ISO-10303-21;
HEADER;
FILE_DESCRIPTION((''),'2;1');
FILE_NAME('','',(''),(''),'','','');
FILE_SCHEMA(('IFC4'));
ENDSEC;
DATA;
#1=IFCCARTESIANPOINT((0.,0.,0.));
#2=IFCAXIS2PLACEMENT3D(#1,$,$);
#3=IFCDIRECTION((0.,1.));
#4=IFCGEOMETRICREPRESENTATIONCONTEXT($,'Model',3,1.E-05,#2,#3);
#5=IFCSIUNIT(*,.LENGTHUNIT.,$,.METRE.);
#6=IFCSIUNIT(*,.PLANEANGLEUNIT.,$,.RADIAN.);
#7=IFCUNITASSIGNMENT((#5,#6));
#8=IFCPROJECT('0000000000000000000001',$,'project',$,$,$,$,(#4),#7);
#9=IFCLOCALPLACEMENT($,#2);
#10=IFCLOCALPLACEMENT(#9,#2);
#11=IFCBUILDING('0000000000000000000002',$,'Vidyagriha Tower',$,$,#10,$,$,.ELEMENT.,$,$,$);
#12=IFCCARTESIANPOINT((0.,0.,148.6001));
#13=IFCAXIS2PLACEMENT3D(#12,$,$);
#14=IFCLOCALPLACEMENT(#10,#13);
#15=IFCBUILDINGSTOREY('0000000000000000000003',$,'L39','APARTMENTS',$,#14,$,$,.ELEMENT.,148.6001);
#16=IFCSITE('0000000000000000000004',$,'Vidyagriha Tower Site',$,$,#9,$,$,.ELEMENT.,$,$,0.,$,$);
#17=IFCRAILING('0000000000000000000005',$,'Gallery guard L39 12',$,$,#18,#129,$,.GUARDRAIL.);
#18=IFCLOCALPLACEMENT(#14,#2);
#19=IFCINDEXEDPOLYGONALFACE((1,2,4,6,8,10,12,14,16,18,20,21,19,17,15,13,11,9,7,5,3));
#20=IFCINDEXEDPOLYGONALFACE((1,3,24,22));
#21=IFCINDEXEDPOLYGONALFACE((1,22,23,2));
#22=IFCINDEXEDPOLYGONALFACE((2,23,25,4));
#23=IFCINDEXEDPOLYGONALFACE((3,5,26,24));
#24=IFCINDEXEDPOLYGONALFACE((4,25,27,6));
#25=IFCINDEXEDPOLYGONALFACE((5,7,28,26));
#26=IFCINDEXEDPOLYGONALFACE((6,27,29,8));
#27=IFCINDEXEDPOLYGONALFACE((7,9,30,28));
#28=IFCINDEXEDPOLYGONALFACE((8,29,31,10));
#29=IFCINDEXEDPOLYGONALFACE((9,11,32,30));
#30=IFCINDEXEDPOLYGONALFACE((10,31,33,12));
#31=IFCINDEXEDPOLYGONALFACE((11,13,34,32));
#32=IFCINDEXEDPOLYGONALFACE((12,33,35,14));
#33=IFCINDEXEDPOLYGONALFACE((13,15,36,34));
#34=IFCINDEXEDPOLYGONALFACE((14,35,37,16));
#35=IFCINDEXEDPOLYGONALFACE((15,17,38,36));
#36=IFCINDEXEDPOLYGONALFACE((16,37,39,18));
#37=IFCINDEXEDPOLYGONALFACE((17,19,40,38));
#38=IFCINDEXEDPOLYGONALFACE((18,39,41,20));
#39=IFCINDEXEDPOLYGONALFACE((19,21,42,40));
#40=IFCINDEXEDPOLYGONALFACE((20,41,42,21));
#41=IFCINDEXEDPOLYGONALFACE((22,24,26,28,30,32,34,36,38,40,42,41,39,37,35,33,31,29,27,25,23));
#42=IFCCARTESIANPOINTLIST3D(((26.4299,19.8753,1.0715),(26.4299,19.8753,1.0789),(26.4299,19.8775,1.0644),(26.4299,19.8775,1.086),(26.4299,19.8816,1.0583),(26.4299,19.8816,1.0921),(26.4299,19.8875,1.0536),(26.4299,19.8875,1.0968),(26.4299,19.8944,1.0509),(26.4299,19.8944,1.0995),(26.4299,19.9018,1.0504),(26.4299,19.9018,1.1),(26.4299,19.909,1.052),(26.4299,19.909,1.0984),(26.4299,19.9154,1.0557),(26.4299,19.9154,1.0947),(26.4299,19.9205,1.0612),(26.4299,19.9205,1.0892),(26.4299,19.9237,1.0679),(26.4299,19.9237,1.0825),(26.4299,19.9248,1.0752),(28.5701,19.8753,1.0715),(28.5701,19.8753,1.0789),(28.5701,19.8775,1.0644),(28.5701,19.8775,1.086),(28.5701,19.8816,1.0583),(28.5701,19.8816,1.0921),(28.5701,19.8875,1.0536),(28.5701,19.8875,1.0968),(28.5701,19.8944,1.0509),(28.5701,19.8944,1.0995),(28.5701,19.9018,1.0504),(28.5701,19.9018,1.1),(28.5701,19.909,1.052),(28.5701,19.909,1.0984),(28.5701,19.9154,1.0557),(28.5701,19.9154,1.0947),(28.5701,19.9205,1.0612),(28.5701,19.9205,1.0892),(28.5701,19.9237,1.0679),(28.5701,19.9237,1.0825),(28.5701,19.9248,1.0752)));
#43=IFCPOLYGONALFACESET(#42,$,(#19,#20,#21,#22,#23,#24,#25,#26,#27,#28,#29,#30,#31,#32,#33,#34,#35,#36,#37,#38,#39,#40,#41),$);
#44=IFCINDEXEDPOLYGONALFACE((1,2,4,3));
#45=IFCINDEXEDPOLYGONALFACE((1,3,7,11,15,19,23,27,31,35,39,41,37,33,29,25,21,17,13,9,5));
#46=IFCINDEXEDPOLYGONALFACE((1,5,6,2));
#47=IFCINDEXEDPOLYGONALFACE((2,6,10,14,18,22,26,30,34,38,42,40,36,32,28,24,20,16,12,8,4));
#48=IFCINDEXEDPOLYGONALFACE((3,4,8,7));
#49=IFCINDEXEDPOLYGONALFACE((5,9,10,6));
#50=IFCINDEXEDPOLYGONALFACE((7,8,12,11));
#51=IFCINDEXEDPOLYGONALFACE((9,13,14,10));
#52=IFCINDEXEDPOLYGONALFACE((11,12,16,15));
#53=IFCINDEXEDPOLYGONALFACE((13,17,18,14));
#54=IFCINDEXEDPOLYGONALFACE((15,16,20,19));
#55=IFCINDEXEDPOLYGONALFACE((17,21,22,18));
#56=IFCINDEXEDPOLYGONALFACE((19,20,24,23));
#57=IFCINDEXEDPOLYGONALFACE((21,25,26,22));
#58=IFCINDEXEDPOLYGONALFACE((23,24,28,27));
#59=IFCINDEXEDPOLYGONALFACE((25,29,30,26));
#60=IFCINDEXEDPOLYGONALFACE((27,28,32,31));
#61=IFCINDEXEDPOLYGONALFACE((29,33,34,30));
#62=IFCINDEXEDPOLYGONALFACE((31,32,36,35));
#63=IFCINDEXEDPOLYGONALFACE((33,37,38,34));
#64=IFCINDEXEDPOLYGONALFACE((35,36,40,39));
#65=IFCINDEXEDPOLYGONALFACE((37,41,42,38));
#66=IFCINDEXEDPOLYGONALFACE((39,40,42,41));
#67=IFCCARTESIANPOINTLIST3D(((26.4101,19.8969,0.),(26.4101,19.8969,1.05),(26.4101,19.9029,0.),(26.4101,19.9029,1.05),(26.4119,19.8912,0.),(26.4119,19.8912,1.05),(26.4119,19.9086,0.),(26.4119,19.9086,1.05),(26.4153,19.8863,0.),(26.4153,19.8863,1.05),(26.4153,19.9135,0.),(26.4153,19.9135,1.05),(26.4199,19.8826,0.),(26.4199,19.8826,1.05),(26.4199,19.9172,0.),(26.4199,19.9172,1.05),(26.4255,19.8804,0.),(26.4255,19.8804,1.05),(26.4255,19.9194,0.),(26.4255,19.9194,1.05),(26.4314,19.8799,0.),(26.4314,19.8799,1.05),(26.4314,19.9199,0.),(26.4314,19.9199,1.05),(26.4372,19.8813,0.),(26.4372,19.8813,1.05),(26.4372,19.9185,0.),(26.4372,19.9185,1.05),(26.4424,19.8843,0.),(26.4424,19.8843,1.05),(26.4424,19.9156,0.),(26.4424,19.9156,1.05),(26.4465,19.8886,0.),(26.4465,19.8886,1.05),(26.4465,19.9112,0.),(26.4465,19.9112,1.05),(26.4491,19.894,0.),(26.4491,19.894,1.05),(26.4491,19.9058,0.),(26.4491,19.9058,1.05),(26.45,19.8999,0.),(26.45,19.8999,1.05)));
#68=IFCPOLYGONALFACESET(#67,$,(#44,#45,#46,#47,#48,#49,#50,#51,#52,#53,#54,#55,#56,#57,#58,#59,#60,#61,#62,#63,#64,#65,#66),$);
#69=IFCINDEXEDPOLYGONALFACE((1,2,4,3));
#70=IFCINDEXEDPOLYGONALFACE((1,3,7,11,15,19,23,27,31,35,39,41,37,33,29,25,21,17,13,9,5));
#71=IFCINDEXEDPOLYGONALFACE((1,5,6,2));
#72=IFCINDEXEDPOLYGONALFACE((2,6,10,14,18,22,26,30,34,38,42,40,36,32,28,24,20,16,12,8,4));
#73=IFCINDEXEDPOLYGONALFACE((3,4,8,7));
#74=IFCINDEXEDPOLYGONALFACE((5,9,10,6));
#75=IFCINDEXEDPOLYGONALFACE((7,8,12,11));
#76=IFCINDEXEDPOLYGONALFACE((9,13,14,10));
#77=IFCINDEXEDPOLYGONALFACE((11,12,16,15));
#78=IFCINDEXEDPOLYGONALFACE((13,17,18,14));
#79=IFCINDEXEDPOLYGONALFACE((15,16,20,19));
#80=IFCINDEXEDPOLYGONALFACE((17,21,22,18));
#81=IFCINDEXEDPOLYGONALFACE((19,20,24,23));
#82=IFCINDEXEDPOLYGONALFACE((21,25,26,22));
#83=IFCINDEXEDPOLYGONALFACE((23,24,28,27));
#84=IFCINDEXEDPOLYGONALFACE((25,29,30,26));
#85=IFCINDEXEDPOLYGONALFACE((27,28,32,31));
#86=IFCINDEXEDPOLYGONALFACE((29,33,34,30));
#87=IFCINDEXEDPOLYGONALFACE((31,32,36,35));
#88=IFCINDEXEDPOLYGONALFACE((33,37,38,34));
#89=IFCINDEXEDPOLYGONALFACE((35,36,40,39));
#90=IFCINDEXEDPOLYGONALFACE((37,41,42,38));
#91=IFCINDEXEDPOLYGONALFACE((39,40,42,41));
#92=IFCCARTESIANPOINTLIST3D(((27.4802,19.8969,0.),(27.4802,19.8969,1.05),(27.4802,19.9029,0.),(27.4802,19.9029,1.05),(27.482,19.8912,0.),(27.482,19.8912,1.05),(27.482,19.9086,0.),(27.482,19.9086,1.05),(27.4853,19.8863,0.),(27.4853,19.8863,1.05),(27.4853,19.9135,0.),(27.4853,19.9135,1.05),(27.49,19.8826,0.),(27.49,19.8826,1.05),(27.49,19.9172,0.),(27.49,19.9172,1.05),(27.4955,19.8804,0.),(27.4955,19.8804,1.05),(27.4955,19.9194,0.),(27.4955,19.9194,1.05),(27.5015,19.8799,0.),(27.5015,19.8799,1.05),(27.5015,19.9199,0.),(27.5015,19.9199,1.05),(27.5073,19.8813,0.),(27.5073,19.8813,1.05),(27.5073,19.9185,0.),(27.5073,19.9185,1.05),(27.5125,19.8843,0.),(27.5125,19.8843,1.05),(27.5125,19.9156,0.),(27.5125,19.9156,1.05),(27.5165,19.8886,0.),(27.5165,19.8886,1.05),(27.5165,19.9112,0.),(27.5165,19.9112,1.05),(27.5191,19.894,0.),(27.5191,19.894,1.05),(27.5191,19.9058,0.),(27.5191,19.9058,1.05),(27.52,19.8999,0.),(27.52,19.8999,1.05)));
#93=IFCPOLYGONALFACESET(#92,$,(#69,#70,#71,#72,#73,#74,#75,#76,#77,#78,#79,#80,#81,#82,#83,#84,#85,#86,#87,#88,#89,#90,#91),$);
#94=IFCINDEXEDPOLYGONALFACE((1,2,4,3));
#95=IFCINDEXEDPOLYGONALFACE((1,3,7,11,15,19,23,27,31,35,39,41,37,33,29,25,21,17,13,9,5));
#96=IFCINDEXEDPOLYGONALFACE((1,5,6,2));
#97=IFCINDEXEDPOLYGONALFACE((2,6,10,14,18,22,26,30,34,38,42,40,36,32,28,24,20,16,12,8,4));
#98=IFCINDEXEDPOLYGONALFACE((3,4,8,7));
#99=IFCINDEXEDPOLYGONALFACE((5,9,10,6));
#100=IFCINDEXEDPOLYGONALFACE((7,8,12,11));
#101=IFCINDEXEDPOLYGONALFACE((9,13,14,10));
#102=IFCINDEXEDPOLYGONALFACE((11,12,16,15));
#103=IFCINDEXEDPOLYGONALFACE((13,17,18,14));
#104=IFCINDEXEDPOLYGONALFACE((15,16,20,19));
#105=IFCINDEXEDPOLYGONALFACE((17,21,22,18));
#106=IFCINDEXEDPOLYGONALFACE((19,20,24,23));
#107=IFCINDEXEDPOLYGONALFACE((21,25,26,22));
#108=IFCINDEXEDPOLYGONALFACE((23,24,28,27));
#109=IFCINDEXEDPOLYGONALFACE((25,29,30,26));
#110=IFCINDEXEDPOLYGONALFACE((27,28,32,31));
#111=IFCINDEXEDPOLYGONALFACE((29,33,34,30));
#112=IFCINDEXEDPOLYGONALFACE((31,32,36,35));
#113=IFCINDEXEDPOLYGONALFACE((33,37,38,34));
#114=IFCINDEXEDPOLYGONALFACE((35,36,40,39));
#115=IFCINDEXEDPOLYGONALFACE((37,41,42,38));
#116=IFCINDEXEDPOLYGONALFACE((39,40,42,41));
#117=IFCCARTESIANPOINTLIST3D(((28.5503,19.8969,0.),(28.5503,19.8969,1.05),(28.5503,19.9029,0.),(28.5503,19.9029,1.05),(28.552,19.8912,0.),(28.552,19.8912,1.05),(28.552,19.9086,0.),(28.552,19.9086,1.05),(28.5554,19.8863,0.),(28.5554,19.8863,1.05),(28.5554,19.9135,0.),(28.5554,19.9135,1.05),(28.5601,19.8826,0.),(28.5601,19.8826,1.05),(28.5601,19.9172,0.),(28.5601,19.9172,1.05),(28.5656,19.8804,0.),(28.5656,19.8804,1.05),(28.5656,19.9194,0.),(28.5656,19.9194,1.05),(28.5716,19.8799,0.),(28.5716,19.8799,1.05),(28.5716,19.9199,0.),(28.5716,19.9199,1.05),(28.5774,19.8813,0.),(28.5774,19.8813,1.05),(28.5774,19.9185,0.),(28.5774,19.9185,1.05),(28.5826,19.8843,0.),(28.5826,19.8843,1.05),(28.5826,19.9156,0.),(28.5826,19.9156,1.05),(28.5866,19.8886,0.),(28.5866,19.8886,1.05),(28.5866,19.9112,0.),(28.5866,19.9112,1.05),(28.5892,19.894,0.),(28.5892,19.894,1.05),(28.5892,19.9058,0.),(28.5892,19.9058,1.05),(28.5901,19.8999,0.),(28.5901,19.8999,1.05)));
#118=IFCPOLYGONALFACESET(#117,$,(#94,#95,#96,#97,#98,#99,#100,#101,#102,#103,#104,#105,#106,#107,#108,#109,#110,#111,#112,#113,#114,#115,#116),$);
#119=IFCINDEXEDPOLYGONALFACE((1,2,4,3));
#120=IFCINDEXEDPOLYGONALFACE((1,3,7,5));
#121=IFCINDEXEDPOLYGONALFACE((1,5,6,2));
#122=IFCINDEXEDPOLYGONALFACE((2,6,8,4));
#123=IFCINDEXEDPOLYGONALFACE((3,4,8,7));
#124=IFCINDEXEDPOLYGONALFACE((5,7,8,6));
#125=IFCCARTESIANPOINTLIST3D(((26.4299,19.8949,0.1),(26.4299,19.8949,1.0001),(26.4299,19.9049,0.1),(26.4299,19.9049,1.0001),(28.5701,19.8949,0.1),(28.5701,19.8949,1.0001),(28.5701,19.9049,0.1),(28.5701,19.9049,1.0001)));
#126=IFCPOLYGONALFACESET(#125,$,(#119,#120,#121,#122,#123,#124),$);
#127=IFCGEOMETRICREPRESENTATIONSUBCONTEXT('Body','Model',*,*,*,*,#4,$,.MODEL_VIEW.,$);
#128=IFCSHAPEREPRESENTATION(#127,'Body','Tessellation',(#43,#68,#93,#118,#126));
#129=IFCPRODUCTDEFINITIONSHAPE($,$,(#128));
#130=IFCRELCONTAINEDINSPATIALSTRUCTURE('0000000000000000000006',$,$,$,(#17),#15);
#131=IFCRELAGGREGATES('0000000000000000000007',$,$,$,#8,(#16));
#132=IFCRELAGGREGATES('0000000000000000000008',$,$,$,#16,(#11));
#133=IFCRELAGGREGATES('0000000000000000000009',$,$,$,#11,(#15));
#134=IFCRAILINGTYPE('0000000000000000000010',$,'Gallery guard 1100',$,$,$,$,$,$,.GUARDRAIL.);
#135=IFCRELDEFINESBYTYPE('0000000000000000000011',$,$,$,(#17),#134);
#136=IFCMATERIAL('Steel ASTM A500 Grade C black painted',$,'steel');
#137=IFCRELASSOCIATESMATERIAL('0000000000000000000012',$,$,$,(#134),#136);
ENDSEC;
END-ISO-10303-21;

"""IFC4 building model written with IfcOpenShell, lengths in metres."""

from ifc_helpers import new_model, si_unit, direction, frame, origin, origin_2d, place, context, subcontext, project, spatial, rectangle, circle, extrude, material, type_object, element, save


model = new_model("IFC4")

# Units and contexts
model_context = context("Model", 3, precision=1e-05, world=origin(), true_north=direction((0.0, 1.0)))
body_context = subcontext(model_context, "Body", "Model", "MODEL_VIEW")
ifc_project = project(units=[si_unit("LENGTHUNIT", "METRE"), si_unit("PLANEANGLEUNIT", "RADIAN")], contexts=[model_context])

# Site, building, storey
site_placement = place(None, origin())
site = spatial("IfcSite", under=ifc_project, at=site_placement, Name="Vidyagriha Tower Site", CompositionType="ELEMENT", RefElevation=0.0)
building_placement = place(site_placement, origin())
building = spatial("IfcBuilding", under=site, at=building_placement, Name="Vidyagriha Tower", CompositionType="ELEMENT")
storey_placement = place(building_placement, frame((0.0, 0.0, 148.6001)))
storey = spatial("IfcBuildingStorey", under=building, at=storey_placement, Name="L39", Description="APARTMENTS", CompositionType="ELEMENT", Elevation=148.6001)

# Railing
ifc_material_1 = material(Name="Steel ASTM A500 Grade C black painted", Category="steel")
railing_type = type_object("IfcRailingType", Name="Gallery guard 1100", PredefinedType="GUARDRAIL", material=ifc_material_1)
railing_1_placement = place(storey_placement, frame((26.4299, 19.8999, 0.0)))
element("IfcRailing", 1, at=railing_1_placement, inside=storey, type_object=railing_type, Name="Gallery guard L39 12", PredefinedType="GUARDRAIL", context=body_context, shape_type="SweptSolid", body=[
    extrude(circle(Radius=0.0249, at=origin_2d()), frame((0.0, 0.0, 1.0752), z_axis=(1.0, 0.0, 0.0), x_axis=(0.0, 1.0, 0.0)), (0.0, 0.0, 1.0), 2.1401),
    extrude(circle(Radius=0.02, at=origin_2d()), origin(), (0.0, 0.0, 1.0), 1.05),
    extrude(circle(Radius=0.02, at=origin_2d()), frame((1.0701, 0.0, 0.0)), (0.0, 0.0, 1.0), 1.05),
    extrude(circle(Radius=0.02, at=origin_2d()), frame((2.1401, 0.0, 0.0)), (0.0, 0.0, 1.0), 1.05),
    extrude(rectangle(XDim=0.01, YDim=0.9001, at=origin_2d()), frame((0.0, 0.0, 0.55), z_axis=(1.0, 0.0, 0.0), x_axis=(0.0, 1.0, 0.0)), (0.0, 0.0, 1.0), 2.1401),
])

save(model, "model.ifc")
